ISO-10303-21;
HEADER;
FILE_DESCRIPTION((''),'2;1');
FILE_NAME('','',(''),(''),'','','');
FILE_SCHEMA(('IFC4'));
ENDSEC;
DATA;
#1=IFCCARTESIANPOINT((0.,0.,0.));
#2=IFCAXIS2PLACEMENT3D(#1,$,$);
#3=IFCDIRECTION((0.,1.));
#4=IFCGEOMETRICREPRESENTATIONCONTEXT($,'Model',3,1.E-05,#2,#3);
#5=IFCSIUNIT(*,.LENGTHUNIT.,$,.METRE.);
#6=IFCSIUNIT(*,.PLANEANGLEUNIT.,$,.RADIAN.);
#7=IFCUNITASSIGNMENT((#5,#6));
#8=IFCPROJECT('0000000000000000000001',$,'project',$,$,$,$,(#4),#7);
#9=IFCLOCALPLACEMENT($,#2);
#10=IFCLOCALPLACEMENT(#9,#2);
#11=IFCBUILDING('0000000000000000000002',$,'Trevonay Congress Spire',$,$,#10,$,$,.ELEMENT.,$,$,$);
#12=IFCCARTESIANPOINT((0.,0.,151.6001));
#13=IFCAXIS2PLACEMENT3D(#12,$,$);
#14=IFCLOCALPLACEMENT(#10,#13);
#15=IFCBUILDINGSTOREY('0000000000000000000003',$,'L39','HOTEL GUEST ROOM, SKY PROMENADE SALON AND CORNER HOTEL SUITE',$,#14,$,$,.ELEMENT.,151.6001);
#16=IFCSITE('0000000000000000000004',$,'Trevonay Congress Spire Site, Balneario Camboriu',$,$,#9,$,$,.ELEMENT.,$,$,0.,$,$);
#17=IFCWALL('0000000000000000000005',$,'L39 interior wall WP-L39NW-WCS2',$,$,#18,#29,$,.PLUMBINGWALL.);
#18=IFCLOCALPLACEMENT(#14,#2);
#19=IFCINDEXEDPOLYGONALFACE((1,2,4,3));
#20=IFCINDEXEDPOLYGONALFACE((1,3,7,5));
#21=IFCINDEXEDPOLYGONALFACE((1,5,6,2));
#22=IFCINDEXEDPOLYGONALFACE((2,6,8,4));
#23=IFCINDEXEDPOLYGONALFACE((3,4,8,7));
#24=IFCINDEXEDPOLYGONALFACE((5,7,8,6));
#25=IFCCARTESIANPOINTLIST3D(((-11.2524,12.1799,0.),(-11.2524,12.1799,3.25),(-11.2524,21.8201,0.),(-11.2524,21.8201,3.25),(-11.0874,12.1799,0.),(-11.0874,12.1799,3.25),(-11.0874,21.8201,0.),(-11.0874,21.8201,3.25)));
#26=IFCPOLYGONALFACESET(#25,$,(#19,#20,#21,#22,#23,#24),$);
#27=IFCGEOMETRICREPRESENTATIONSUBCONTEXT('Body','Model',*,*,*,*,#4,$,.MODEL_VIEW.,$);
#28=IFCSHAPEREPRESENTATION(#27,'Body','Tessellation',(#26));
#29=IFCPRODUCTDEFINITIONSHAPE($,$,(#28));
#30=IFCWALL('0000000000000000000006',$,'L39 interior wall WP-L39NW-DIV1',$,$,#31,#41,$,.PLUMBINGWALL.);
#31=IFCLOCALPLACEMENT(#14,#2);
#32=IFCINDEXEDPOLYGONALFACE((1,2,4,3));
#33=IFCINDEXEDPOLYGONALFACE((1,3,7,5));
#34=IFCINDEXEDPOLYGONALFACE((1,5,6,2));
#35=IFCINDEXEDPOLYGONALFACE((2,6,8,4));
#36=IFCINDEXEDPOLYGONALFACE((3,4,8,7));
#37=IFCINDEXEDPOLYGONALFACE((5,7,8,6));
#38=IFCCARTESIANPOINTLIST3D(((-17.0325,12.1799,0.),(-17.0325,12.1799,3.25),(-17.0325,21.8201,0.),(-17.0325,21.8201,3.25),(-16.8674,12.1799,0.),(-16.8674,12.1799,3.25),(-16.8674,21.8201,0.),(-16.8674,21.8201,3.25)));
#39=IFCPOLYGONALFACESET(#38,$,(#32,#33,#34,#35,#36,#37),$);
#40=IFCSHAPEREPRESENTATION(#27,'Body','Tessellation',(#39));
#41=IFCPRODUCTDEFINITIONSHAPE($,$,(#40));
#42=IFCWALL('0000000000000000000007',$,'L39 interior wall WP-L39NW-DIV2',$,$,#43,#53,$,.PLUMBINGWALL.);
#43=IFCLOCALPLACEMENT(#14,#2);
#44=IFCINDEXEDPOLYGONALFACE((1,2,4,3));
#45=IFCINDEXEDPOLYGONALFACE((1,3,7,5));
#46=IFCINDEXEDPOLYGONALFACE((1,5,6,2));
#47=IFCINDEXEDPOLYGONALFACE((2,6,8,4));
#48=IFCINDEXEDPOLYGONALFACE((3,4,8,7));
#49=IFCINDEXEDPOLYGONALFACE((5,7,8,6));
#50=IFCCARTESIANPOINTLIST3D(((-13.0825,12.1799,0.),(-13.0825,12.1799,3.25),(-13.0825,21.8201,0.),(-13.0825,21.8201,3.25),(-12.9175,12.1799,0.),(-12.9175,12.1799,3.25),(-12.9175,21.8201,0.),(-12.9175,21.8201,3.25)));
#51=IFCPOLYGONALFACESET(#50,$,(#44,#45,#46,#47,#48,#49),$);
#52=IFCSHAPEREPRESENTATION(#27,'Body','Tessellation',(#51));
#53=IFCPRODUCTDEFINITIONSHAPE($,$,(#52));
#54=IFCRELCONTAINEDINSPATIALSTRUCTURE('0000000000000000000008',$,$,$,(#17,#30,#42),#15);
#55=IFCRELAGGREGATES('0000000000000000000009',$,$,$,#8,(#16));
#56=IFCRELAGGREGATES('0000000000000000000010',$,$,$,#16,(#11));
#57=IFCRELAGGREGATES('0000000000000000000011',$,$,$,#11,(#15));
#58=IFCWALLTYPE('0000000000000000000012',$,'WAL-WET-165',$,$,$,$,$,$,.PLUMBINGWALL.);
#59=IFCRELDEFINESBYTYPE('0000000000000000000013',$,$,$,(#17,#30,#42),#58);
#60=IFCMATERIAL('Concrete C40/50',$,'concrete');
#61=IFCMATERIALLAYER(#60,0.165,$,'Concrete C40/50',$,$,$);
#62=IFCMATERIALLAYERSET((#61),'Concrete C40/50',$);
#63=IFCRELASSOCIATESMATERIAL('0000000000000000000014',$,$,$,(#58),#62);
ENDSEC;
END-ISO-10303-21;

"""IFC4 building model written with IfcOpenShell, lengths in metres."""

from ifc_helpers import new_model, si_unit, direction, frame, frame_2d, origin, place, context, subcontext, project, spatial, rectangle, extrude, material, layer, layer_set, type_object, element, save


model = new_model("IFC4")

# Units and contexts
model_context = context("Model", 3, precision=1e-05, world=origin(), true_north=direction((0.0, 1.0)))
body_context = subcontext(model_context, "Body", "Model", "MODEL_VIEW")
ifc_project = project(units=[si_unit("LENGTHUNIT", "METRE"), si_unit("PLANEANGLEUNIT", "RADIAN")], contexts=[model_context])

# Site, building, storey
site_placement = place(None, origin())
site = spatial("IfcSite", under=ifc_project, at=site_placement, Name="Trevonay Congress Spire Site, Balneario Camboriu", CompositionType="ELEMENT", RefElevation=0.0)
building_placement = place(site_placement, origin())
building = spatial("IfcBuilding", under=site, at=building_placement, Name="Trevonay Congress Spire", CompositionType="ELEMENT")
storey_placement = place(building_placement, frame((0.0, 0.0, 151.6001)))
storey = spatial("IfcBuildingStorey", under=building, at=storey_placement, Name="L39", Description="HOTEL GUEST ROOM, SKY PROMENADE SALON AND CORNER HOTEL SUITE", CompositionType="ELEMENT", Elevation=151.6001)

# Shared definitions
ifc_material_1 = material(Name="Concrete C40/50", Category="concrete")

# Walls
ifc_layer_1 = layer(ifc_material_1, 0.165, Name="Concrete C40/50")
ifc_layer_set_1 = layer_set([ifc_layer_1], Name="Concrete C40/50")
wall_type_1 = type_object("IfcWallType", Name="WAL-WET-165", PredefinedType="PLUMBINGWALL", material=ifc_layer_set_1)
for number, where, z_axis, x_axis, name in (
    (1, (-11.1699, 12.1799, 0.0), (0.0, 0.0, 1.0), (0.0, 1.0, 0.0), "L39 interior wall WP-L39NW-WCS2"),
    (2, (-16.95, 12.1799, 0.0), (0.0, 0.0, 1.0), (0.0, 1.0, 0.0), "L39 interior wall WP-L39NW-DIV1"),
    (3, (-13.0, 12.1799, 0.0), (0.0, 0.0, 1.0), (0.0, 1.0, 0.0), "L39 interior wall WP-L39NW-DIV2"),
):
    element("IfcWall", number, at=place(storey_placement, frame(where, z_axis=z_axis, x_axis=x_axis)), inside=storey, type_object=wall_type_1, Name=name, PredefinedType="PLUMBINGWALL", context=body_context, shape_type="SweptSolid", body=[
        extrude(rectangle(XDim=9.6401, YDim=0.165, at=frame_2d((4.8201, 0.0))), origin(), (0.0, 0.0, 1.0), 3.25),
    ])

save(model, "model.ifc")
